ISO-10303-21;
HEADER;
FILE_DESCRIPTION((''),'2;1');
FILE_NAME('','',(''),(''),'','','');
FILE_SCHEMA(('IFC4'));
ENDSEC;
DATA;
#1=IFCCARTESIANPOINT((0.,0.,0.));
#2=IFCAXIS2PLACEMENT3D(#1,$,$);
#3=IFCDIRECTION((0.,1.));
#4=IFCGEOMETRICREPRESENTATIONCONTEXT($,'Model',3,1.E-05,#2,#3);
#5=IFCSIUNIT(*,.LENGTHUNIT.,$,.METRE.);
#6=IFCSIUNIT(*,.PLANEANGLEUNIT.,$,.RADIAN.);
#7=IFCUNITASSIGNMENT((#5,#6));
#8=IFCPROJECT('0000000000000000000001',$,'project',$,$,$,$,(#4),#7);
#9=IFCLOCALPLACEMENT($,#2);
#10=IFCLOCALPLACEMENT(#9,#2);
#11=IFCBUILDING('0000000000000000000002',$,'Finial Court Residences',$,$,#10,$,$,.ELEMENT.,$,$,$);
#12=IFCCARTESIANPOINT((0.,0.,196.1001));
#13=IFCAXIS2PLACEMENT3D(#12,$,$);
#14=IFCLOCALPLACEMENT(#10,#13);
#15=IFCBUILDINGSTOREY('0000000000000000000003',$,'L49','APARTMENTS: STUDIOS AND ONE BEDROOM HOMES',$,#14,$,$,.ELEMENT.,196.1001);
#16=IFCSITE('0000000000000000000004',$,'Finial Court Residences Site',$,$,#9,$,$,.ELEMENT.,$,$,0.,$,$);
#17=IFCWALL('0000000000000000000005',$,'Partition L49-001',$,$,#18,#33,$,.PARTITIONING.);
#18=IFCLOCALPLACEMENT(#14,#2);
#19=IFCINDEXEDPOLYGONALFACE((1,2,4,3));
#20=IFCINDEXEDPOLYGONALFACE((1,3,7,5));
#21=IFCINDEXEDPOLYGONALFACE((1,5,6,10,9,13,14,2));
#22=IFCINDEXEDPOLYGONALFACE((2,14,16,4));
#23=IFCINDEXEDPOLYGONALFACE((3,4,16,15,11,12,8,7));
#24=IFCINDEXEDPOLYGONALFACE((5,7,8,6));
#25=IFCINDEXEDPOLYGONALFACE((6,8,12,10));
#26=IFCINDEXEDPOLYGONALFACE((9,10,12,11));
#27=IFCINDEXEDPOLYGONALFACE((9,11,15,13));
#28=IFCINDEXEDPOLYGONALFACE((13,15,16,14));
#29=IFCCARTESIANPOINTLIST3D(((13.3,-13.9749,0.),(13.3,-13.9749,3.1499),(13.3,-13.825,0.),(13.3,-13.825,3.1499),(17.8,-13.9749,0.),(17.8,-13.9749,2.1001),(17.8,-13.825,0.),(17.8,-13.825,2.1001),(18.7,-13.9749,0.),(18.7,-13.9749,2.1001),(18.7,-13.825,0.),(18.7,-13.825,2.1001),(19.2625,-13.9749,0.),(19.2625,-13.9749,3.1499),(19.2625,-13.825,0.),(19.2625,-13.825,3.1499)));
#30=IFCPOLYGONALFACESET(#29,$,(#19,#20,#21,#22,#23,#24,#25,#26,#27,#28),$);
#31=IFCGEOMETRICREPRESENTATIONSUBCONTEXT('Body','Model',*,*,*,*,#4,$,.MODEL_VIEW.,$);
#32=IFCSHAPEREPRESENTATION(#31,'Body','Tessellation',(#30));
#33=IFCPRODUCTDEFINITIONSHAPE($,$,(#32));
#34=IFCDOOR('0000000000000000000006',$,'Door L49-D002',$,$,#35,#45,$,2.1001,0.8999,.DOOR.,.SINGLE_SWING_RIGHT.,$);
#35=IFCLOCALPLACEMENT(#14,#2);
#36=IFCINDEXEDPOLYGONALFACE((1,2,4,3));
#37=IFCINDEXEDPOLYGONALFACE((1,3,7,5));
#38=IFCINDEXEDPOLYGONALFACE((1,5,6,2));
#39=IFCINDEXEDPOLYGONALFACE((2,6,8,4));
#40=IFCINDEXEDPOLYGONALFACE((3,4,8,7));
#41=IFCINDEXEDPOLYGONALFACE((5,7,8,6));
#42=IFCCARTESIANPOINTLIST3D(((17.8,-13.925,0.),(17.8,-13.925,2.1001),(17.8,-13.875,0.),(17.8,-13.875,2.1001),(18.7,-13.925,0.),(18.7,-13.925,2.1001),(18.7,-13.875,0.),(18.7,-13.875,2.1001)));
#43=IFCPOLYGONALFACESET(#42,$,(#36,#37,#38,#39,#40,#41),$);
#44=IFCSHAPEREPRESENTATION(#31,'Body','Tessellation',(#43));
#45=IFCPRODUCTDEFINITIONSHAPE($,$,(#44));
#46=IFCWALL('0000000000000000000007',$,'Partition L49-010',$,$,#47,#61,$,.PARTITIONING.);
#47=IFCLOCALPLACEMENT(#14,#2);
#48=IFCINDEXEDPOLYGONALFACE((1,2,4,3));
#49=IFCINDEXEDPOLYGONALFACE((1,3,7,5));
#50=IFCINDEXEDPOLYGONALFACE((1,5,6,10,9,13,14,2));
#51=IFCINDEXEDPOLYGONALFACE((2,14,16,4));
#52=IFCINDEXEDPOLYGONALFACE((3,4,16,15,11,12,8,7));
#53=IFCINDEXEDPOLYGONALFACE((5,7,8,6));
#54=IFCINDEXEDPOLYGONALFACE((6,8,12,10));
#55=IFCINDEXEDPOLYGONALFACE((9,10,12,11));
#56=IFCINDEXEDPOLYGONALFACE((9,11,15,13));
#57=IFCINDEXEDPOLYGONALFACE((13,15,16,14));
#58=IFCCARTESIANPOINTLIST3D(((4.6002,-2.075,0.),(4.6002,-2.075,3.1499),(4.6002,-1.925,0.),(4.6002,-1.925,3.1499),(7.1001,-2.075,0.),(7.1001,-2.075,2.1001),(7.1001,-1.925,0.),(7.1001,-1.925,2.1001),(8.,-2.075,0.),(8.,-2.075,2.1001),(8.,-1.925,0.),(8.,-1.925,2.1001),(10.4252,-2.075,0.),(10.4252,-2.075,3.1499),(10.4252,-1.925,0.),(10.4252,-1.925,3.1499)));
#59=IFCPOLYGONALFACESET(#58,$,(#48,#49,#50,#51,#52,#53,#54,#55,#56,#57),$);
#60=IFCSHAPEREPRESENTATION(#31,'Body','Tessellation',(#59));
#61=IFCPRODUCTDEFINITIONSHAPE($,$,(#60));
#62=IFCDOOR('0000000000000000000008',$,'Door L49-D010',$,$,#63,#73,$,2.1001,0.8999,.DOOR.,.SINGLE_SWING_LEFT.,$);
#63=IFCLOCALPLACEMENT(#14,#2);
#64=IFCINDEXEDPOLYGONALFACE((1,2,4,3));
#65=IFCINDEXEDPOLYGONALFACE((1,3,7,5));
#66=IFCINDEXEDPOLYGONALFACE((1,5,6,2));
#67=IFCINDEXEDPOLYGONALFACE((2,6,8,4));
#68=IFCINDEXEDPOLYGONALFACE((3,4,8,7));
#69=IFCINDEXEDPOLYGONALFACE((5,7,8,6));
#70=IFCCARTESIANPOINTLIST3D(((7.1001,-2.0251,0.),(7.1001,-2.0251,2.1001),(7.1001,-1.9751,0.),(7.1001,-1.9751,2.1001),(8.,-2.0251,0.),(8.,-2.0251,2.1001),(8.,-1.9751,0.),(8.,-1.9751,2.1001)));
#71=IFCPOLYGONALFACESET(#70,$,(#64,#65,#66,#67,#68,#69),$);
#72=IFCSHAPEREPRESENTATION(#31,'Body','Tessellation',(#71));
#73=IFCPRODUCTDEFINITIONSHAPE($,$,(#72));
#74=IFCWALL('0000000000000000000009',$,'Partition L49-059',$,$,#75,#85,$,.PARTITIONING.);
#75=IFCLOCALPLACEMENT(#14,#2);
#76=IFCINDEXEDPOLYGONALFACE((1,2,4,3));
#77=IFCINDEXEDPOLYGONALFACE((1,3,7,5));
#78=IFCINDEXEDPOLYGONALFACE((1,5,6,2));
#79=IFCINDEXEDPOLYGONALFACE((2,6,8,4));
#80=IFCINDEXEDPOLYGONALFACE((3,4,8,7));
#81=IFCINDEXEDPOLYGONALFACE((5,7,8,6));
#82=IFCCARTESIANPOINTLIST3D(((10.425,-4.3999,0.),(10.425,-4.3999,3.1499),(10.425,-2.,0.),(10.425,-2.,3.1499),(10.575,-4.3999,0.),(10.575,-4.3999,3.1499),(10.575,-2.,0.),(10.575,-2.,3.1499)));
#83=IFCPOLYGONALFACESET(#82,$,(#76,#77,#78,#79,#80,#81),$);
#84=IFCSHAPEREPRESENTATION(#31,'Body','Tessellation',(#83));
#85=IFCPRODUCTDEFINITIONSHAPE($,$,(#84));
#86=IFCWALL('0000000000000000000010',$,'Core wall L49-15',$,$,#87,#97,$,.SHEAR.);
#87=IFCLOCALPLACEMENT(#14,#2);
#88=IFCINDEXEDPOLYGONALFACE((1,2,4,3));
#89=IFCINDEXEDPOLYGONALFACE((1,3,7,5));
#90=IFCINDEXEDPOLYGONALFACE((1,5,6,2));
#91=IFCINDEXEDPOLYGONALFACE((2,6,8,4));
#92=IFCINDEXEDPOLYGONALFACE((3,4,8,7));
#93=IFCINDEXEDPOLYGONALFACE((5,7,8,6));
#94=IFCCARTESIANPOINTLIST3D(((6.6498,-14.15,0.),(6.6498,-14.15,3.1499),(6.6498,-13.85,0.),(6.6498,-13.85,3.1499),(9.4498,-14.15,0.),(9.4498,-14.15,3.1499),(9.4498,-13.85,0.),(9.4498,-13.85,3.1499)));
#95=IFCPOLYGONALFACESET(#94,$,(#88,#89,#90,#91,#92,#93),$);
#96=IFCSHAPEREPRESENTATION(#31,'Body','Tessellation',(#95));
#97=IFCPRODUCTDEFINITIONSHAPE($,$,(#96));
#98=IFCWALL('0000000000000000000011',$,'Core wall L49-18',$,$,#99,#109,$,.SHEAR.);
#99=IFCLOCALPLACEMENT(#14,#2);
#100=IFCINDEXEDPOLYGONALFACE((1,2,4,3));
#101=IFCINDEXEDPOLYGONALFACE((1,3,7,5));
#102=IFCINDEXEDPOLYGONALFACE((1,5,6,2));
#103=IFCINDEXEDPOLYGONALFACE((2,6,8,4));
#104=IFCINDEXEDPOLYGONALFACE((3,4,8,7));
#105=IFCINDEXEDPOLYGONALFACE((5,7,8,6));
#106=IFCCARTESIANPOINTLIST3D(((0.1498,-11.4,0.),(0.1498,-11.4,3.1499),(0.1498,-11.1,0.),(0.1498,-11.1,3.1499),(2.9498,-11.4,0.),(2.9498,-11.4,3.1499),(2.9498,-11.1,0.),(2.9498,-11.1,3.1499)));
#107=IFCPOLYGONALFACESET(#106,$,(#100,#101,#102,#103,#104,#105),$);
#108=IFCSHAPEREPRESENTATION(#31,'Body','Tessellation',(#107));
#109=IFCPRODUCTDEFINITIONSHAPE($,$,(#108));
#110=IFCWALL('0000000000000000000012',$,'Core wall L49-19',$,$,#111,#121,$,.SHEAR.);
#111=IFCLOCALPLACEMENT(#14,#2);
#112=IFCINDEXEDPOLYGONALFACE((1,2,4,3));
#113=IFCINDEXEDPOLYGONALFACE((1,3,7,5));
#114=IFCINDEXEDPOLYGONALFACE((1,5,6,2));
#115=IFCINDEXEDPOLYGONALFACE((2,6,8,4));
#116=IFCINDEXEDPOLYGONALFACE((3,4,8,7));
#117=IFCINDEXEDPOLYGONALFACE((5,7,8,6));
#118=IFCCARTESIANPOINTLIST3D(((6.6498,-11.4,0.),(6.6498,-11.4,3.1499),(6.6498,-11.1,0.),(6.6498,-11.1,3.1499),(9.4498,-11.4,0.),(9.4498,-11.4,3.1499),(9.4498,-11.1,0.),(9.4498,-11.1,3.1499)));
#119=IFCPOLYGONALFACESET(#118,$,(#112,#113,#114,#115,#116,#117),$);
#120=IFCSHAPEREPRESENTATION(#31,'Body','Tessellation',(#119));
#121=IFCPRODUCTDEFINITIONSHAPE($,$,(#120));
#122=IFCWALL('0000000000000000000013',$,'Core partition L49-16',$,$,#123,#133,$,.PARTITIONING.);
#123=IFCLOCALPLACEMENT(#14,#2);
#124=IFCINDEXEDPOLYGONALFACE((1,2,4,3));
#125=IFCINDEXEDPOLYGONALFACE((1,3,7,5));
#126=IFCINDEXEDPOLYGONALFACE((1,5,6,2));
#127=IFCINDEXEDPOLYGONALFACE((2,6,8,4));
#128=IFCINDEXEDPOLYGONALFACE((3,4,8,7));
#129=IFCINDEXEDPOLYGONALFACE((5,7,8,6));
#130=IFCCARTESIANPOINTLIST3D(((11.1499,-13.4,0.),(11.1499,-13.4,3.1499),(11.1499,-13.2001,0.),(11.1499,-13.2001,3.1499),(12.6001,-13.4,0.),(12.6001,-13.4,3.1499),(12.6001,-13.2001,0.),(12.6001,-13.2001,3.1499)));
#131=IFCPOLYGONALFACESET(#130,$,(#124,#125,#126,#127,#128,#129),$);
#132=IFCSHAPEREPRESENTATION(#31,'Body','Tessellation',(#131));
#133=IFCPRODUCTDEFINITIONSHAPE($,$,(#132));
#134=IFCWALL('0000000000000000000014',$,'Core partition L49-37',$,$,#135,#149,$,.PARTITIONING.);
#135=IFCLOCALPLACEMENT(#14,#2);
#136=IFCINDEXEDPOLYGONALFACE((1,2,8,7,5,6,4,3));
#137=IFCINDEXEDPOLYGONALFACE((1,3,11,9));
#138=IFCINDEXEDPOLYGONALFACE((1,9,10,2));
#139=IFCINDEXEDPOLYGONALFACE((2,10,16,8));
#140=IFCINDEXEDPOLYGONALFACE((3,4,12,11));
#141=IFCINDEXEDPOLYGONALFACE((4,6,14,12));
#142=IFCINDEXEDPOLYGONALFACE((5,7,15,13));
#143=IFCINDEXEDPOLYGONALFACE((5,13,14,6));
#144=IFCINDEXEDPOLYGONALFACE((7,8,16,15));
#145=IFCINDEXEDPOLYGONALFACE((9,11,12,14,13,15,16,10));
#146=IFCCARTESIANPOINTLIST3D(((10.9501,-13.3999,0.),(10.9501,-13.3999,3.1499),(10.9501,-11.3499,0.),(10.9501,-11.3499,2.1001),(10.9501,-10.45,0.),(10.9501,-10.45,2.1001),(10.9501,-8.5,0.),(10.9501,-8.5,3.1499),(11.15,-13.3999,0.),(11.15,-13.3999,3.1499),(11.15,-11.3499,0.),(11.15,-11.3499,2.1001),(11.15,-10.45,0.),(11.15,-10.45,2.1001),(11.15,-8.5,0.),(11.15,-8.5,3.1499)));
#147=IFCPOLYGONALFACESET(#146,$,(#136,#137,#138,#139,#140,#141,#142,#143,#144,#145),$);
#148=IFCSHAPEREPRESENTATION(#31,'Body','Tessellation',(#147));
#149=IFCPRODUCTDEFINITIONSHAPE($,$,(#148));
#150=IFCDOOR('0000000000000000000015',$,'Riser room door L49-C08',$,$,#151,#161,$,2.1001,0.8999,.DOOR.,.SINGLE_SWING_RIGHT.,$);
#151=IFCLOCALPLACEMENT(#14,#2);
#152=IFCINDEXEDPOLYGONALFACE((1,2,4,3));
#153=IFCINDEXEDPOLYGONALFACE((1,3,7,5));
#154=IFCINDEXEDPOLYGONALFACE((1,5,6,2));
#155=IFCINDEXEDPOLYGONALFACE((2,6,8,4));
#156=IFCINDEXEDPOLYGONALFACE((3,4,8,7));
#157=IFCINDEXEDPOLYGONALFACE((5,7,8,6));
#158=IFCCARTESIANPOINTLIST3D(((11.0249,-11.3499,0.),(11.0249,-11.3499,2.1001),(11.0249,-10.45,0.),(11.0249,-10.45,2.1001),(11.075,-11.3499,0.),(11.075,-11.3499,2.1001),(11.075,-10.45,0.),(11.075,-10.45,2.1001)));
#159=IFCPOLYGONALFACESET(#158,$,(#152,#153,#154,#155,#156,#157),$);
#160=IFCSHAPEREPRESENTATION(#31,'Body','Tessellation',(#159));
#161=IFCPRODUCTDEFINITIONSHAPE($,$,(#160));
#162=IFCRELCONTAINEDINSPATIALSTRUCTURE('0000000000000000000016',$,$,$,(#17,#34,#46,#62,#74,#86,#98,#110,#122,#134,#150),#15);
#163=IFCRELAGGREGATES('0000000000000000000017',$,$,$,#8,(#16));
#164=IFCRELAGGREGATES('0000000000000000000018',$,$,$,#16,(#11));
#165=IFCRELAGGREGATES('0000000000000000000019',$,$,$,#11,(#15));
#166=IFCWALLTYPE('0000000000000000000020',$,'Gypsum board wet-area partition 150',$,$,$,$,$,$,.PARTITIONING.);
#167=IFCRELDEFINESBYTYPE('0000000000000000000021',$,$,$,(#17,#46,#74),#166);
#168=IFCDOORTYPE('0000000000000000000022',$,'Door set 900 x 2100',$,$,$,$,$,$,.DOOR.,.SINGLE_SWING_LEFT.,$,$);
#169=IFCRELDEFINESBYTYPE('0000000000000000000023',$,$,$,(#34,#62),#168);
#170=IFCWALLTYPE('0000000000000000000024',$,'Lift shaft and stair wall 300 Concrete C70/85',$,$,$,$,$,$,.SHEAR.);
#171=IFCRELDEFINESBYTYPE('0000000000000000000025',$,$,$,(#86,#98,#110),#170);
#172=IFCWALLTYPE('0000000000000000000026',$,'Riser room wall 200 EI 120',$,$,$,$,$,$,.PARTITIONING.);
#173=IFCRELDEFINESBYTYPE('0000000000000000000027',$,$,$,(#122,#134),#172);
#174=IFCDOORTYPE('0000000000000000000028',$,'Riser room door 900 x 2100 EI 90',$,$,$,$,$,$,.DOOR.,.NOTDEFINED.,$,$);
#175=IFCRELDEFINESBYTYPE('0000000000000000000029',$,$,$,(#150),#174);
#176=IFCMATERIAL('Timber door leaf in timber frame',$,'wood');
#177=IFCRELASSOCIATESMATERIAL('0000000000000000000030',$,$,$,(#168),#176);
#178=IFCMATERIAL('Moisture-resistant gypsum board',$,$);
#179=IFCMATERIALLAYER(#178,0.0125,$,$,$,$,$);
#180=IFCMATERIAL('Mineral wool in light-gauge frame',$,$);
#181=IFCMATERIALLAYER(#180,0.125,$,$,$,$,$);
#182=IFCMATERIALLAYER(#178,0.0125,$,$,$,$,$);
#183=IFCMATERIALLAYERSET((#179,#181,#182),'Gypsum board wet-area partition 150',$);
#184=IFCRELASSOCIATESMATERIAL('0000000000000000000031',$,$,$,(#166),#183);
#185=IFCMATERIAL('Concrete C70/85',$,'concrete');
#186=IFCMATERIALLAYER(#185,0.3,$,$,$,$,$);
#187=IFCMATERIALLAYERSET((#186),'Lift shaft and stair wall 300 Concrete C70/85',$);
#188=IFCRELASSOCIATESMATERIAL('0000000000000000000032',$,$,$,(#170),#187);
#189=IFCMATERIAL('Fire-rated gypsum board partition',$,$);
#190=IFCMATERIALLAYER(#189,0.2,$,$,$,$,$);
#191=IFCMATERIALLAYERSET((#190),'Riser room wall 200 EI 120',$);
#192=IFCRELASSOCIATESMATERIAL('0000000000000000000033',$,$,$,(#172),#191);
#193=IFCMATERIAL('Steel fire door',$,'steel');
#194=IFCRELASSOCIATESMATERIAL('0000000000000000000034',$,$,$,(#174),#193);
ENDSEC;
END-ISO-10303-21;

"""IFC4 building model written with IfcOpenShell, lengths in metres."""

from ifc_helpers import new_model, si_unit, direction, frame, frame_2d, origin, place, context, subcontext, project, spatial, rectangle, extrude, material, layer, layer_set, type_object, element, fill, save


model = new_model("IFC4")

# Units and contexts
model_context = context("Model", 3, precision=1e-05, world=origin(), true_north=direction((0.0, 1.0)))
body_context = subcontext(model_context, "Body", "Model", "MODEL_VIEW")
ifc_project = project(units=[si_unit("LENGTHUNIT", "METRE"), si_unit("PLANEANGLEUNIT", "RADIAN")], contexts=[model_context])

# Site, building, storey
site_placement = place(None, origin())
site = spatial("IfcSite", under=ifc_project, at=site_placement, Name="Finial Court Residences Site", CompositionType="ELEMENT", RefElevation=0.0)
building_placement = place(site_placement, origin())
building = spatial("IfcBuilding", under=site, at=building_placement, Name="Finial Court Residences", CompositionType="ELEMENT")
storey_placement = place(building_placement, frame((0.0, 0.0, 196.1001)))
storey = spatial("IfcBuildingStorey", under=building, at=storey_placement, Name="L49", Description="APARTMENTS: STUDIOS AND ONE BEDROOM HOMES", CompositionType="ELEMENT", Elevation=196.1001)

# Walls, openings, doors
ifc_material_1 = material(Name="Mineral wool in light-gauge frame")
ifc_material_2 = material(Name="Timber door leaf in timber frame", Category="wood")
door_type_1 = type_object("IfcDoorType", Name="Door set 900 x 2100", OperationType="SINGLE_SWING_LEFT", PredefinedType="DOOR", material=ifc_material_2)
ifc_material_3 = material(Name="Moisture-resistant gypsum board")
ifc_layer_1 = layer(ifc_material_3, 0.0125)
ifc_layer_2 = layer(ifc_material_1, 0.125)
ifc_layer_3 = layer(ifc_material_3, 0.0125)
ifc_layer_set_1 = layer_set([ifc_layer_1, ifc_layer_2, ifc_layer_3], Name="Gypsum board wet-area partition 150")
wall_type_1 = type_object("IfcWallType", Name="Gypsum board wet-area partition 150", PredefinedType="PARTITIONING", material=ifc_layer_set_1)
wall_1_placement = place(storey_placement, frame((13.3, -13.8999, 0.0), z_axis=(0.0, 0.0, 1.0), x_axis=(1.0, 0.0, 0.0)))
wall_1 = element("IfcWall", 1, at=wall_1_placement, inside=storey, type_object=wall_type_1, Name="Partition L49-001", PredefinedType="PARTITIONING", context=body_context, shape_type="SweptSolid", body=[
    extrude(rectangle(XDim=5.9624, YDim=0.1499, at=frame_2d((2.9812, 0.0))), origin(), (0.0, 0.0, 1.0), 3.1499),
])
opening_1_placement = place(wall_1_placement, frame((4.5, 0.0, 0.0)))
opening_1 = element("IfcOpeningElement", 2, at=opening_1_placement, cuts=wall_1, PredefinedType="OPENING", context=body_context, shape_type="SweptSolid", body=[
    extrude(rectangle(XDim=0.8999, YDim=2.1001, at=frame_2d((0.45, 1.05))), frame((0.0, 0.085, 0.0), z_axis=(0.0, -1.0, 0.0), x_axis=(1.0, 0.0, 0.0)), (0.0, 0.0, 1.0), 0.1699),
])
door_1_placement = place(opening_1_placement, origin())
door_1 = element("IfcDoor", 3, at=door_1_placement, inside=storey, type_object=door_type_1, Name="Door L49-D002", OperationType="SINGLE_SWING_RIGHT", OverallHeight=2.1001, OverallWidth=0.8999, PredefinedType="DOOR", context=body_context, shape_type="SweptSolid", body=[
    extrude(rectangle(XDim=0.8999, YDim=2.1001, at=frame_2d((0.45, 1.05))), frame((0.0, 0.0249, 0.0), z_axis=(0.0, -1.0, 0.0), x_axis=(1.0, 0.0, 0.0)), (0.0, 0.0, 1.0), 0.05),
])
fill(opening_1, door_1)
wall_2_placement = place(storey_placement, frame((4.6001, -2.0, 0.0), z_axis=(0.0, 0.0, 1.0), x_axis=(1.0, 0.0, 0.0)))
wall_2 = element("IfcWall", 4, at=wall_2_placement, inside=storey, type_object=wall_type_1, Name="Partition L49-010", PredefinedType="PARTITIONING", context=body_context, shape_type="SweptSolid", body=[
    extrude(rectangle(XDim=5.825, YDim=0.1499, at=frame_2d((2.9126, 0.0))), origin(), (0.0, 0.0, 1.0), 3.1499),
])
opening_2_placement = place(wall_2_placement, frame((2.5, 0.0, 0.0)))
opening_2 = element("IfcOpeningElement", 5, at=opening_2_placement, cuts=wall_2, PredefinedType="OPENING", context=body_context, shape_type="SweptSolid", body=[
    extrude(rectangle(XDim=0.8999, YDim=2.1001, at=frame_2d((0.45, 1.05))), frame((0.0, 0.085, 0.0), z_axis=(0.0, -1.0, 0.0), x_axis=(1.0, 0.0, 0.0)), (0.0, 0.0, 1.0), 0.1699),
])
door_2_placement = place(opening_2_placement, origin())
door_2 = element("IfcDoor", 6, at=door_2_placement, inside=storey, type_object=door_type_1, Name="Door L49-D010", OperationType="SINGLE_SWING_LEFT", OverallHeight=2.1001, OverallWidth=0.8999, PredefinedType="DOOR", context=body_context, shape_type="SweptSolid", body=[
    extrude(rectangle(XDim=0.8999, YDim=2.1001, at=frame_2d((0.45, 1.05))), frame((0.0, 0.0249, 0.0), z_axis=(0.0, -1.0, 0.0), x_axis=(1.0, 0.0, 0.0)), (0.0, 0.0, 1.0), 0.05),
])
fill(opening_2, door_2)

# Walls
wall_3_placement = place(storey_placement, frame((10.5, -4.3999, 0.0), z_axis=(0.0, 0.0, 1.0), x_axis=(0.0, 1.0, 0.0)))
element("IfcWall", 7, at=wall_3_placement, inside=storey, type_object=wall_type_1, Name="Partition L49-059", PredefinedType="PARTITIONING", context=body_context, shape_type="SweptSolid", body=[
    extrude(rectangle(XDim=2.3999, YDim=0.1499, at=frame_2d((1.2, 0.0))), origin(), (0.0, 0.0, 1.0), 3.1499),
])
ifc_material_4 = material(Name="Concrete C70/85", Category="concrete")
ifc_layer_4 = layer(ifc_material_4, 0.3)
ifc_layer_set_2 = layer_set([ifc_layer_4], Name="Lift shaft and stair wall 300 Concrete C70/85")
wall_type_2 = type_object("IfcWallType", Name="Lift shaft and stair wall 300 Concrete C70/85", PredefinedType="SHEAR", material=ifc_layer_set_2)
for number, where, z_axis, x_axis, name in (
    (8, (6.6499, -14.0, 0.0), (0.0, 0.0, 1.0), (1.0, 0.0, 0.0), "Core wall L49-15"),
    (9, (0.1499, -11.25, 0.0), (0.0, 0.0, 1.0), (1.0, 0.0, 0.0), "Core wall L49-18"),
    (10, (6.6499, -11.25, 0.0), (0.0, 0.0, 1.0), (1.0, 0.0, 0.0), "Core wall L49-19"),
):
    element("IfcWall", number, at=place(storey_placement, frame(where, z_axis=z_axis, x_axis=x_axis)), inside=storey, type_object=wall_type_2, Name=name, PredefinedType="SHEAR", context=body_context, shape_type="SweptSolid", body=[
        extrude(rectangle(XDim=2.8, YDim=0.3, at=frame_2d((1.3999, 0.0))), origin(), (0.0, 0.0, 1.0), 3.1499),
    ])
ifc_material_5 = material(Name="Fire-rated gypsum board partition")
ifc_layer_5 = layer(ifc_material_5, 0.2)
ifc_layer_set_3 = layer_set([ifc_layer_5], Name="Riser room wall 200 EI 120")
wall_type_3 = type_object("IfcWallType", Name="Riser room wall 200 EI 120", PredefinedType="PARTITIONING", material=ifc_layer_set_3)
wall_4_placement = place(storey_placement, frame((11.1499, -13.3, 0.0), z_axis=(0.0, 0.0, 1.0), x_axis=(1.0, 0.0, 0.0)))
element("IfcWall", 11, at=wall_4_placement, inside=storey, type_object=wall_type_3, Name="Core partition L49-16", PredefinedType="PARTITIONING", context=body_context, shape_type="SweptSolid", body=[
    extrude(rectangle(XDim=1.4502, YDim=0.2, at=frame_2d((0.7251, 0.0))), origin(), (0.0, 0.0, 1.0), 3.1499),
])

# Wall, opening, door
wall_5_placement = place(storey_placement, frame((11.05, -8.5, 0.0), z_axis=(0.0, 0.0, 1.0), x_axis=(0.0, -1.0, 0.0)))
wall_5 = element("IfcWall", 12, at=wall_5_placement, inside=storey, type_object=wall_type_3, Name="Core partition L49-37", PredefinedType="PARTITIONING", context=body_context, shape_type="SweptSolid", body=[
    extrude(rectangle(XDim=4.8999, YDim=0.2, at=frame_2d((2.45, 0.0))), origin(), (0.0, 0.0, 1.0), 3.1499),
])
opening_3_placement = place(wall_5_placement, frame((1.95, 0.0, 0.0)))
opening_3 = element("IfcOpeningElement", 13, at=opening_3_placement, cuts=wall_5, PredefinedType="OPENING", context=body_context, shape_type="SweptSolid", body=[
    extrude(rectangle(XDim=0.8999, YDim=2.1001, at=frame_2d((0.45, 1.05))), frame((0.0, 0.1099, 0.0), z_axis=(0.0, -1.0, 0.0), x_axis=(1.0, 0.0, 0.0)), (0.0, 0.0, 1.0), 0.22),
])
ifc_material_6 = material(Name="Steel fire door", Category="steel")
door_type_2 = type_object("IfcDoorType", Name="Riser room door 900 x 2100 EI 90", OperationType="NOTDEFINED", PredefinedType="DOOR", material=ifc_material_6)
door_3_placement = place(opening_3_placement, origin())
door_3 = element("IfcDoor", 14, at=door_3_placement, inside=storey, type_object=door_type_2, Name="Riser room door L49-C08", OperationType="SINGLE_SWING_RIGHT", OverallHeight=2.1001, OverallWidth=0.8999, PredefinedType="DOOR", context=body_context, shape_type="SweptSolid", body=[
    extrude(rectangle(XDim=0.8999, YDim=2.1001, at=frame_2d((0.45, 1.05))), frame((0.0, 0.0249, 0.0), z_axis=(0.0, -1.0, 0.0), x_axis=(1.0, 0.0, 0.0)), (0.0, 0.0, 1.0), 0.05),
])
fill(opening_3, door_3)

save(model, "model.ifc")
